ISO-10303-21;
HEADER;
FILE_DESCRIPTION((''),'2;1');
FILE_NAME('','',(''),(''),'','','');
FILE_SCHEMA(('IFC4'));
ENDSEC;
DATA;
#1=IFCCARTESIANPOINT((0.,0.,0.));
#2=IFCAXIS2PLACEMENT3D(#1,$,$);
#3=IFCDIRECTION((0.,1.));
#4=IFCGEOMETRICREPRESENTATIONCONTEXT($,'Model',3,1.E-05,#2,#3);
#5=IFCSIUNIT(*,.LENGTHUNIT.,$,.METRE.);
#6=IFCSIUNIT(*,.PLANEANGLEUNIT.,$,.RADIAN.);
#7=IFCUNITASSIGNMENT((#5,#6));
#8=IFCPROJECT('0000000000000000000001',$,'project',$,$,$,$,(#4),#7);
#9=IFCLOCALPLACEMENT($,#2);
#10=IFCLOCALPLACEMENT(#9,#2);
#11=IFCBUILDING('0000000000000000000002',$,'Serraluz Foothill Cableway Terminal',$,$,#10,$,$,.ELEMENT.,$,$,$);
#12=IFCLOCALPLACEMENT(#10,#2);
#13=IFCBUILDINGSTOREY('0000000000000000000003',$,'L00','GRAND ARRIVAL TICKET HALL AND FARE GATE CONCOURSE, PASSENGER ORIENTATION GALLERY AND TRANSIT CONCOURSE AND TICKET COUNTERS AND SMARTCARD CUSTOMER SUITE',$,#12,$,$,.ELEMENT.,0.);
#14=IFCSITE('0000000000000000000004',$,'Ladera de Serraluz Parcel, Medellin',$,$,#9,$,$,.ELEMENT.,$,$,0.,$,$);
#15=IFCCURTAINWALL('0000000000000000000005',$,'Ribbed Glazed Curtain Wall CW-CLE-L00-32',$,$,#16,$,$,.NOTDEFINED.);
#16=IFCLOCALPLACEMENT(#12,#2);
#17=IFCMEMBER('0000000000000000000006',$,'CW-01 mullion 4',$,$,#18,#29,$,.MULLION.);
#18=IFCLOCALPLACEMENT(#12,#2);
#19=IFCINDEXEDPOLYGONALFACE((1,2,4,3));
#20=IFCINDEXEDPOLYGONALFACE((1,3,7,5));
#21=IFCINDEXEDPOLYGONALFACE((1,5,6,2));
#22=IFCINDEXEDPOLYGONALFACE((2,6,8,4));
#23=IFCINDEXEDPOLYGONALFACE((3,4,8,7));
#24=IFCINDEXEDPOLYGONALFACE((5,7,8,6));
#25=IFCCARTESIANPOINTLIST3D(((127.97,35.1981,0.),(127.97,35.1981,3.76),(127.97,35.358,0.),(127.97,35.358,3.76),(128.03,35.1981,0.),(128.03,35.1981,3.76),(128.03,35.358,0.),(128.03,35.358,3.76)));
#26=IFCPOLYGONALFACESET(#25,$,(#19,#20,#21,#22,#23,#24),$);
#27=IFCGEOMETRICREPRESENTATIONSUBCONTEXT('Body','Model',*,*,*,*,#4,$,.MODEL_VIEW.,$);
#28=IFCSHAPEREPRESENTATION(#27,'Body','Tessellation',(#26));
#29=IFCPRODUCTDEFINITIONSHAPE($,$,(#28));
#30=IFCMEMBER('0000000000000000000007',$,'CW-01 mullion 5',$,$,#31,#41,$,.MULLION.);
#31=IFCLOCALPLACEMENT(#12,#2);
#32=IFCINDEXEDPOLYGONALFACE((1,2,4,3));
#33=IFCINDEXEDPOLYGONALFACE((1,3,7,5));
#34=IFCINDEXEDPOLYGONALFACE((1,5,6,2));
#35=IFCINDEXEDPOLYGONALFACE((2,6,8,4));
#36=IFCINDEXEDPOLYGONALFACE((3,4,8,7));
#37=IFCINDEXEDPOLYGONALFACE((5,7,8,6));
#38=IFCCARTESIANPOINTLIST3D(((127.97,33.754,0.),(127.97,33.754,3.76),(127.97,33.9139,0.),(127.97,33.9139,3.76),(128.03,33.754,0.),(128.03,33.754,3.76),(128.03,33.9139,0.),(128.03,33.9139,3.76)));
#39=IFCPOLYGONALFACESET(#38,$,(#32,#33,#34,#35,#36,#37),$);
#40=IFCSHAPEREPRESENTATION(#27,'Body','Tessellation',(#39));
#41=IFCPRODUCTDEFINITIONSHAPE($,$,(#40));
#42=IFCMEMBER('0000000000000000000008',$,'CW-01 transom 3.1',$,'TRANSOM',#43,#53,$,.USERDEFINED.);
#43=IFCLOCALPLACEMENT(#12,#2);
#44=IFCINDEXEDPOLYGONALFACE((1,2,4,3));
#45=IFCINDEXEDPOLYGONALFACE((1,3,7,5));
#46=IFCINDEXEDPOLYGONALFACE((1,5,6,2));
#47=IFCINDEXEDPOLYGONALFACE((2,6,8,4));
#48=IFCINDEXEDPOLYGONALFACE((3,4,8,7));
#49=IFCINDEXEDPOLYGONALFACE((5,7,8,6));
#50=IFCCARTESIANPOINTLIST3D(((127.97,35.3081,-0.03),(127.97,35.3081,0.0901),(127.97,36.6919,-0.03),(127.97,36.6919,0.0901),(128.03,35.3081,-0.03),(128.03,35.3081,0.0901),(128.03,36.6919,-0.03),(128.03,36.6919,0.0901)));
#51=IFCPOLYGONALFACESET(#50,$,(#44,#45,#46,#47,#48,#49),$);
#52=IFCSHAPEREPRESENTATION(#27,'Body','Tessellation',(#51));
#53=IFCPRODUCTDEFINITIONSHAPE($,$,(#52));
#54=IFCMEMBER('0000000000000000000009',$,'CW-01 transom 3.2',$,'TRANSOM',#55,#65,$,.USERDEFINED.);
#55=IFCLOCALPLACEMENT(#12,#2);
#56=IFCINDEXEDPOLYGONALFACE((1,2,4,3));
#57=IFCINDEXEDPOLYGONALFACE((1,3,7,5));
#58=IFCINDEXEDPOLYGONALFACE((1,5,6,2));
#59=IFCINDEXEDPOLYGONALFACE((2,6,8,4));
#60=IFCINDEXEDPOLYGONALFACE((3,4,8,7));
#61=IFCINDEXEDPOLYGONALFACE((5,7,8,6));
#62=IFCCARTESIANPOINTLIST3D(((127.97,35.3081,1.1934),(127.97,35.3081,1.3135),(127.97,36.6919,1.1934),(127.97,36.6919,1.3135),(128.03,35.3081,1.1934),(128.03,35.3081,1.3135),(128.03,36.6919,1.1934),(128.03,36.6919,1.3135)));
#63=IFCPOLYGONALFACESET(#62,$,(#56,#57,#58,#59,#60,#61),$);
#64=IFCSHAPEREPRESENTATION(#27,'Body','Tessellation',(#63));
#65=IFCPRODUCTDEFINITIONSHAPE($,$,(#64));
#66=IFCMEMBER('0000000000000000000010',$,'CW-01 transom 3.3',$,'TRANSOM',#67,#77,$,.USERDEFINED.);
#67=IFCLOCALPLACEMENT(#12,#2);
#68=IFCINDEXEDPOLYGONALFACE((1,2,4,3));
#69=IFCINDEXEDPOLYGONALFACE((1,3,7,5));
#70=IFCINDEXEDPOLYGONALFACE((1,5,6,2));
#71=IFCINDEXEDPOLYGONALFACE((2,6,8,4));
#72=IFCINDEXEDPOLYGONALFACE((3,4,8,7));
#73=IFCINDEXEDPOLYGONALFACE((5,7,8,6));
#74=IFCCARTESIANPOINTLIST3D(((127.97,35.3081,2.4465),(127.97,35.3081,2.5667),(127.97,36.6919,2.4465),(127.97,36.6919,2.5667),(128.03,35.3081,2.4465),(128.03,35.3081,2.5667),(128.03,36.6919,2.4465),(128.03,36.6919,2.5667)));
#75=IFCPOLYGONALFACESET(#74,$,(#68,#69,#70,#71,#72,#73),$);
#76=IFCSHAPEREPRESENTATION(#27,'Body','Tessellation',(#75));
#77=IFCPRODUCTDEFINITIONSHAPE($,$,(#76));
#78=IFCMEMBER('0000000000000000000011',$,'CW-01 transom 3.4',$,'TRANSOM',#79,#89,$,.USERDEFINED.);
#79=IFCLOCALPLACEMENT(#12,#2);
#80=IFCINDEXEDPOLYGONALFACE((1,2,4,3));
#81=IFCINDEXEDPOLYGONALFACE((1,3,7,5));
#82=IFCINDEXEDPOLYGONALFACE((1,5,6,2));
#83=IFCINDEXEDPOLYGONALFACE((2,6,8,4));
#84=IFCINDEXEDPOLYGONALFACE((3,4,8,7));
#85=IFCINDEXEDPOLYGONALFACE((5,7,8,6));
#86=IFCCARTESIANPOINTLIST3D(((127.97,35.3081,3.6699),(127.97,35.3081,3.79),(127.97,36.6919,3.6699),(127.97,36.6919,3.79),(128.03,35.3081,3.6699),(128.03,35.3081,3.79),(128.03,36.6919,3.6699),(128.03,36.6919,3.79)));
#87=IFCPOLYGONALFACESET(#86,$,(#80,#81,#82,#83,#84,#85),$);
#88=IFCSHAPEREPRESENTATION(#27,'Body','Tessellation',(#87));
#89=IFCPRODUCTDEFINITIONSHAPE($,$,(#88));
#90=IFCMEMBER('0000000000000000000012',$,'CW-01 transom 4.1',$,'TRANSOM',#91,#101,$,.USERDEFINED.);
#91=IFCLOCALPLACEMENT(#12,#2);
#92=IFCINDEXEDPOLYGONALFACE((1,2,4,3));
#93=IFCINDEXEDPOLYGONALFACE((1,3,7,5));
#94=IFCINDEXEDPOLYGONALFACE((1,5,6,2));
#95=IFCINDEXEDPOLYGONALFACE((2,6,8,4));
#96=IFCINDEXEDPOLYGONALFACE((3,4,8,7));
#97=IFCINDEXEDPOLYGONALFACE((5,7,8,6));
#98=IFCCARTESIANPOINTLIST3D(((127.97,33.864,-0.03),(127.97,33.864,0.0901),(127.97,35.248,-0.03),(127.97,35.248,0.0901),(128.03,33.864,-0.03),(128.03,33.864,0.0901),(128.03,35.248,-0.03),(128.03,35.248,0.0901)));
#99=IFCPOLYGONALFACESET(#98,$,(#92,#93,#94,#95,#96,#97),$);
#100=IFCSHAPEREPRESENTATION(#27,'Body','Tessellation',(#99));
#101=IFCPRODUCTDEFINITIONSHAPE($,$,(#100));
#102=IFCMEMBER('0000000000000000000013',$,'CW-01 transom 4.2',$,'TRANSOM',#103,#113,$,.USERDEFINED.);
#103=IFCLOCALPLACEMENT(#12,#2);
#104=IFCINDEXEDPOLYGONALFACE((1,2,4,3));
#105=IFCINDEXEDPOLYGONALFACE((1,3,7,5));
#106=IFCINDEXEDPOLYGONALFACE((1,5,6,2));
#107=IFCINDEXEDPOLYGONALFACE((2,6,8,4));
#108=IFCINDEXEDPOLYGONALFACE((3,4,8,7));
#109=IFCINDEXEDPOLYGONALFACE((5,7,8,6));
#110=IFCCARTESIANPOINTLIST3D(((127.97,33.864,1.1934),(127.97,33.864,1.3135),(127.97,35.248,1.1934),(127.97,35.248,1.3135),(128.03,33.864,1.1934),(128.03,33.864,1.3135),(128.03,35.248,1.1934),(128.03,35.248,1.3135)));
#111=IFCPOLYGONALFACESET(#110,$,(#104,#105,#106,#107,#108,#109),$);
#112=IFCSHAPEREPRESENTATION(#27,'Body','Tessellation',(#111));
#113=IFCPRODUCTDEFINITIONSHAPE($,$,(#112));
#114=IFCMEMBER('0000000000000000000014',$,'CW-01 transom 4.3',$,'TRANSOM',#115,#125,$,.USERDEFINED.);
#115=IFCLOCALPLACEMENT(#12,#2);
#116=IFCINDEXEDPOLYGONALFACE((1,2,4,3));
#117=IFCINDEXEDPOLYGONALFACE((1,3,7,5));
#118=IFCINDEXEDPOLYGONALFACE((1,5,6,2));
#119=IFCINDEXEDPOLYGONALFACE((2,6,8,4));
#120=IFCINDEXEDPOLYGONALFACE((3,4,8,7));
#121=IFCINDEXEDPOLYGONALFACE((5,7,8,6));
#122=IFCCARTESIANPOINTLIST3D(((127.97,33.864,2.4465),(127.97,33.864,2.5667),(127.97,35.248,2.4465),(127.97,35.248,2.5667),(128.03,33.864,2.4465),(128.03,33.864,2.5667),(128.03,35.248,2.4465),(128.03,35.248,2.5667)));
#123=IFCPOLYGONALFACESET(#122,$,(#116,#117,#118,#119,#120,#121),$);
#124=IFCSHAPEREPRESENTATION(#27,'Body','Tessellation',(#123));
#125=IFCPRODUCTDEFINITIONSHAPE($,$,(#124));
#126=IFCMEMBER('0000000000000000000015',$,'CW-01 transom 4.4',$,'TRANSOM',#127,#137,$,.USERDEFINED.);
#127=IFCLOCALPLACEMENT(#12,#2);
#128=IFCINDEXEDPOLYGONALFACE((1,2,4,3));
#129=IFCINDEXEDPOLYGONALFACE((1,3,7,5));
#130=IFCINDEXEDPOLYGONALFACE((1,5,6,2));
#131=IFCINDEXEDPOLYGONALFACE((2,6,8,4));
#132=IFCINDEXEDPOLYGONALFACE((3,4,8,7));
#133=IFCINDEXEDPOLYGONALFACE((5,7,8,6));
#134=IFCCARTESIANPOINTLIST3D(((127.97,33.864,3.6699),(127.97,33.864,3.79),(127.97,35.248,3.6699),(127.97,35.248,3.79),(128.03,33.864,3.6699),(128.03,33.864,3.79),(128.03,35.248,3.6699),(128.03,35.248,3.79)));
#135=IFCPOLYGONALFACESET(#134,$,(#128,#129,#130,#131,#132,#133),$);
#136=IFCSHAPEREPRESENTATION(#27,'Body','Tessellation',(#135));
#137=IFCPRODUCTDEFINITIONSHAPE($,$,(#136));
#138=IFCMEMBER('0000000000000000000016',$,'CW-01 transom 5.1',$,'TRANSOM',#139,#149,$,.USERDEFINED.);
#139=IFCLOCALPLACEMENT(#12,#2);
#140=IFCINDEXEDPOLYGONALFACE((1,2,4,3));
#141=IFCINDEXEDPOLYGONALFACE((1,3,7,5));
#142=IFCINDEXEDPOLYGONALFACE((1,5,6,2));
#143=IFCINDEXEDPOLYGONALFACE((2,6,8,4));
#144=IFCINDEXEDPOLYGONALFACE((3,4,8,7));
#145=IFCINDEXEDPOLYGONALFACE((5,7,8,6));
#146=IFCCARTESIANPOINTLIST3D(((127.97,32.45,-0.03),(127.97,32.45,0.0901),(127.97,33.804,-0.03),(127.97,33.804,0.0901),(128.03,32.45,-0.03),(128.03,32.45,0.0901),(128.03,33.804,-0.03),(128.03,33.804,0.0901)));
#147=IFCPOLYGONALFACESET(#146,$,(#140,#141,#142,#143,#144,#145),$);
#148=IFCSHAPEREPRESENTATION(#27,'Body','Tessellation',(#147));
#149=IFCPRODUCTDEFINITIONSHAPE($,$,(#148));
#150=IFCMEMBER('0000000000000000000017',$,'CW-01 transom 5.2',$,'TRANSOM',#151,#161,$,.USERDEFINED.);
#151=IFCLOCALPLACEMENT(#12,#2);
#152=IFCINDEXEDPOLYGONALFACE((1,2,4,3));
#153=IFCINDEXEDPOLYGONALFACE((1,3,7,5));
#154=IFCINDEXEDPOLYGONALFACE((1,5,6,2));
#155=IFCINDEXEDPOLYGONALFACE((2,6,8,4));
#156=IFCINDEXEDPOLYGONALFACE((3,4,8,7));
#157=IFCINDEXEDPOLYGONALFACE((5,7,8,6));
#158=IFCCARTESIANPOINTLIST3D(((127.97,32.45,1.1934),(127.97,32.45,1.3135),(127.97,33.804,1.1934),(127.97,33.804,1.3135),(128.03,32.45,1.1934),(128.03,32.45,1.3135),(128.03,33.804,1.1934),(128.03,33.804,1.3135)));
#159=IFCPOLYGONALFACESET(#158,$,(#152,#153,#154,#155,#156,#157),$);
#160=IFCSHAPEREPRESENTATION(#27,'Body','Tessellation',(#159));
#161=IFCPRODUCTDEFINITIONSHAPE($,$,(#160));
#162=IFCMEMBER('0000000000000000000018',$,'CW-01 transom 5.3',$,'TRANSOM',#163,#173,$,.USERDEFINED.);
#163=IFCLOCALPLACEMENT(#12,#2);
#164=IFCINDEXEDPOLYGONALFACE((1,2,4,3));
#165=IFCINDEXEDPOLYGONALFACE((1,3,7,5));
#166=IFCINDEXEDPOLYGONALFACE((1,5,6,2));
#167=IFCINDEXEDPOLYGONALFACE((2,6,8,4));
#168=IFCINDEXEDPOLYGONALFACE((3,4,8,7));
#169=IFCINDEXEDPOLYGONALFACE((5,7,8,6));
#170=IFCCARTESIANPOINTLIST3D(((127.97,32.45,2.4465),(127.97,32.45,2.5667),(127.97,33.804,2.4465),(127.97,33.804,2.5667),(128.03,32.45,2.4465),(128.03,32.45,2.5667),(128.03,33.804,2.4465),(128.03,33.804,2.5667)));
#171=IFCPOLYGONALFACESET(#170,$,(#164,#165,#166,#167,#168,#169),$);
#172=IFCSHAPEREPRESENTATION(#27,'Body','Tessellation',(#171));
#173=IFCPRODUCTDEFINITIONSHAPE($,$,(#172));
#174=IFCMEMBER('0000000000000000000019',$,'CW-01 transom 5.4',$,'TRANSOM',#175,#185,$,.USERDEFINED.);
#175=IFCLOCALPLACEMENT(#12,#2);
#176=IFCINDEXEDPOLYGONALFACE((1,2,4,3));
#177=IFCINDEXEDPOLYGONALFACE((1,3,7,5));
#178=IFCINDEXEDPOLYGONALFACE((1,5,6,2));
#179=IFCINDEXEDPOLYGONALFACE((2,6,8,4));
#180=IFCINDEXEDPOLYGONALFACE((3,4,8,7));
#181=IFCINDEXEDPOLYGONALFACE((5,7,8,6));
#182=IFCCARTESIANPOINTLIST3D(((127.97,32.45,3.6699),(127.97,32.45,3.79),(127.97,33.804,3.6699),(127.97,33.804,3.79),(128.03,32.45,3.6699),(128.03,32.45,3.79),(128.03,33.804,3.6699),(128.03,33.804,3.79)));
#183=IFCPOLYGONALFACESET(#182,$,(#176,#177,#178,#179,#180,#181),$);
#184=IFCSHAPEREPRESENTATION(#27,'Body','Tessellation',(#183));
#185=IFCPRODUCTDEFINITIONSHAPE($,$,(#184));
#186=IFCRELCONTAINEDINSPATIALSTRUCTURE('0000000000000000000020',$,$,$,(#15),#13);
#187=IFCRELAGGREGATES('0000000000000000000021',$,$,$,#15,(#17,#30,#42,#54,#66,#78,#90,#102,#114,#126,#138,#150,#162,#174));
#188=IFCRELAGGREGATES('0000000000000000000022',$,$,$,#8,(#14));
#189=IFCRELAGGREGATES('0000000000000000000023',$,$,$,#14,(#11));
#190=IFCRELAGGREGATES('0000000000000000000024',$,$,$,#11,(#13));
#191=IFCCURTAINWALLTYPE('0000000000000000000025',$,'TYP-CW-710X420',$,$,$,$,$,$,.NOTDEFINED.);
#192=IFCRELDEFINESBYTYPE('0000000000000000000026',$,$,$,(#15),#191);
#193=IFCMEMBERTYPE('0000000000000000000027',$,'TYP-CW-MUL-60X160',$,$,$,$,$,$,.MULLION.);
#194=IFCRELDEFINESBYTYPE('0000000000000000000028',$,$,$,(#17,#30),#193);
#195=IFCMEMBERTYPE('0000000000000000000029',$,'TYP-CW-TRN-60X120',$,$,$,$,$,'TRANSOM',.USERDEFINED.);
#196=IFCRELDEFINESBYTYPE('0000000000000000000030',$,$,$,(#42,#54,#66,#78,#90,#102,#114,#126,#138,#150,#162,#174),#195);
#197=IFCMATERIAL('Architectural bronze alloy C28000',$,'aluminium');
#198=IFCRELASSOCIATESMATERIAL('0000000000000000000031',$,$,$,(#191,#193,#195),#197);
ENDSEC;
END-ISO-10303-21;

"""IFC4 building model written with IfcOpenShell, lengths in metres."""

from ifc_helpers import new_model, si_unit, direction, frame, origin, origin_2d, place, context, subcontext, project, spatial, rectangle, extrude, material, material_profile, profile_set, type_object, element, aggregate, save


model = new_model("IFC4")

# Units and contexts
model_context = context("Model", 3, precision=1e-05, world=origin(), true_north=direction((0.0, 1.0)))
body_context = subcontext(model_context, "Body", "Model", "MODEL_VIEW")
ifc_project = project(units=[si_unit("LENGTHUNIT", "METRE"), si_unit("PLANEANGLEUNIT", "RADIAN")], contexts=[model_context])

# Site, building, storey
site_placement = place(None, origin())
site = spatial("IfcSite", under=ifc_project, at=site_placement, Name="Ladera de Serraluz Parcel, Medellin", CompositionType="ELEMENT", RefElevation=0.0)
building_placement = place(site_placement, origin())
building = spatial("IfcBuilding", under=site, at=building_placement, Name="Serraluz Foothill Cableway Terminal", CompositionType="ELEMENT")
storey_placement = place(building_placement, origin())
storey = spatial("IfcBuildingStorey", under=building, at=storey_placement, Name="L00", Description="GRAND ARRIVAL TICKET HALL AND FARE GATE CONCOURSE, PASSENGER ORIENTATION GALLERY AND TRANSIT CONCOURSE AND TICKET COUNTERS AND SMARTCARD CUSTOMER SUITE", CompositionType="ELEMENT", Elevation=0.0)

# Curtain wall, members
ifc_material_1 = material(Name="Architectural bronze alloy C28000", Category="aluminium")
curtain_wall_type = type_object("IfcCurtainWallType", Name="TYP-CW-710X420", PredefinedType="NOTDEFINED", material=ifc_material_1)
curtain_wall_placement = place(storey_placement, origin())
curtain_wall = element("IfcCurtainWall", 1, at=curtain_wall_placement, inside=storey, type_object=curtain_wall_type, Name="Ribbed Glazed Curtain Wall CW-CLE-L00-32", PredefinedType="NOTDEFINED")
ifc_material_profile_1 = material_profile(ifc_material_1, rectangle(XDim=0.0601, YDim=0.1599, at=origin_2d()), Name="ALU MULLION 60x160")
ifc_profile_set_1 = profile_set([ifc_material_profile_1], Name="Architectural bronze alloy C28000")
member_type_1 = type_object("IfcMemberType", Name="TYP-CW-MUL-60X160", PredefinedType="MULLION", material=ifc_profile_set_1)
member_1_placement = place(storey_placement, frame((128.0, 35.2781, 0.0), z_axis=(0.0, 0.0, 1.0), x_axis=(1.0, 0.0, 0.0)))
member_1 = element("IfcMember", 2, at=member_1_placement, type_object=member_type_1, Name="CW-01 mullion 4", PredefinedType="MULLION", context=body_context, shape_type="SweptSolid", body=[
    extrude(rectangle(XDim=0.0601, YDim=0.1599, at=origin_2d()), origin(), (0.0, 0.0, 1.0), 3.76),
])
member_2_placement = place(storey_placement, frame((128.0, 33.834, 0.0), z_axis=(0.0, 0.0, 1.0), x_axis=(1.0, 0.0, 0.0)))
member_2 = element("IfcMember", 3, at=member_2_placement, type_object=member_type_1, Name="CW-01 mullion 5", PredefinedType="MULLION", context=body_context, shape_type="SweptSolid", body=[
    extrude(rectangle(XDim=0.0601, YDim=0.1599, at=origin_2d()), origin(), (0.0, 0.0, 1.0), 3.76),
])
ifc_material_profile_2 = material_profile(ifc_material_1, rectangle(XDim=0.0601, YDim=0.1201, at=origin_2d()), Name="ALU TRANSOM 60x120")
ifc_profile_set_2 = profile_set([ifc_material_profile_2], Name="Architectural bronze alloy C28000")
member_type_2 = type_object("IfcMemberType", Name="TYP-CW-TRN-60X120", ElementType="TRANSOM", PredefinedType="USERDEFINED", material=ifc_profile_set_2)
member_3_placement = place(storey_placement, frame((128.0, 36.6919, 0.03), z_axis=(0.0, -1.0, 0.0), x_axis=(1.0, 0.0, 0.0)))
member_3 = element("IfcMember", 4, at=member_3_placement, type_object=member_type_2, Name="CW-01 transom 3.1", ObjectType="TRANSOM", PredefinedType="USERDEFINED", context=body_context, shape_type="SweptSolid", body=[
    extrude(rectangle(XDim=0.0601, YDim=0.1201, at=origin_2d()), origin(), (0.0, 0.0, 1.0), 1.3838),
])
member_4_placement = place(storey_placement, frame((128.0, 36.6919, 1.2534), z_axis=(0.0, -1.0, 0.0), x_axis=(1.0, 0.0, 0.0)))
member_4 = element("IfcMember", 5, at=member_4_placement, type_object=member_type_2, Name="CW-01 transom 3.2", ObjectType="TRANSOM", PredefinedType="USERDEFINED", context=body_context, shape_type="SweptSolid", body=[
    extrude(rectangle(XDim=0.0601, YDim=0.1201, at=origin_2d()), origin(), (0.0, 0.0, 1.0), 1.3838),
])
member_5_placement = place(storey_placement, frame((128.0, 36.6919, 2.5066), z_axis=(0.0, -1.0, 0.0), x_axis=(1.0, 0.0, 0.0)))
member_5 = element("IfcMember", 6, at=member_5_placement, type_object=member_type_2, Name="CW-01 transom 3.3", ObjectType="TRANSOM", PredefinedType="USERDEFINED", context=body_context, shape_type="SweptSolid", body=[
    extrude(rectangle(XDim=0.0601, YDim=0.1201, at=origin_2d()), origin(), (0.0, 0.0, 1.0), 1.3838),
])
member_6_placement = place(storey_placement, frame((128.0, 36.6919, 3.73), z_axis=(0.0, -1.0, 0.0), x_axis=(1.0, 0.0, 0.0)))
member_6 = element("IfcMember", 7, at=member_6_placement, type_object=member_type_2, Name="CW-01 transom 3.4", ObjectType="TRANSOM", PredefinedType="USERDEFINED", context=body_context, shape_type="SweptSolid", body=[
    extrude(rectangle(XDim=0.0601, YDim=0.1201, at=origin_2d()), origin(), (0.0, 0.0, 1.0), 1.3838),
])
member_7_placement = place(storey_placement, frame((128.0, 35.248, 0.03), z_axis=(0.0, -1.0, 0.0), x_axis=(1.0, 0.0, 0.0)))
member_7 = element("IfcMember", 8, at=member_7_placement, type_object=member_type_2, Name="CW-01 transom 4.1", ObjectType="TRANSOM", PredefinedType="USERDEFINED", context=body_context, shape_type="SweptSolid", body=[
    extrude(rectangle(XDim=0.0601, YDim=0.1201, at=origin_2d()), origin(), (0.0, 0.0, 1.0), 1.384),
])
member_8_placement = place(storey_placement, frame((128.0, 35.248, 1.2534), z_axis=(0.0, -1.0, 0.0), x_axis=(1.0, 0.0, 0.0)))
member_8 = element("IfcMember", 9, at=member_8_placement, type_object=member_type_2, Name="CW-01 transom 4.2", ObjectType="TRANSOM", PredefinedType="USERDEFINED", context=body_context, shape_type="SweptSolid", body=[
    extrude(rectangle(XDim=0.0601, YDim=0.1201, at=origin_2d()), origin(), (0.0, 0.0, 1.0), 1.384),
])
member_9_placement = place(storey_placement, frame((128.0, 35.248, 2.5066), z_axis=(0.0, -1.0, 0.0), x_axis=(1.0, 0.0, 0.0)))
member_9 = element("IfcMember", 10, at=member_9_placement, type_object=member_type_2, Name="CW-01 transom 4.3", ObjectType="TRANSOM", PredefinedType="USERDEFINED", context=body_context, shape_type="SweptSolid", body=[
    extrude(rectangle(XDim=0.0601, YDim=0.1201, at=origin_2d()), origin(), (0.0, 0.0, 1.0), 1.384),
])
member_10_placement = place(storey_placement, frame((128.0, 35.248, 3.73), z_axis=(0.0, -1.0, 0.0), x_axis=(1.0, 0.0, 0.0)))
member_10 = element("IfcMember", 11, at=member_10_placement, type_object=member_type_2, Name="CW-01 transom 4.4", ObjectType="TRANSOM", PredefinedType="USERDEFINED", context=body_context, shape_type="SweptSolid", body=[
    extrude(rectangle(XDim=0.0601, YDim=0.1201, at=origin_2d()), origin(), (0.0, 0.0, 1.0), 1.384),
])
member_11_placement = place(storey_placement, frame((128.0, 33.804, 0.03), z_axis=(0.0, -1.0, 0.0), x_axis=(1.0, 0.0, 0.0)))
member_11 = element("IfcMember", 12, at=member_11_placement, type_object=member_type_2, Name="CW-01 transom 5.1", ObjectType="TRANSOM", PredefinedType="USERDEFINED", context=body_context, shape_type="SweptSolid", body=[
    extrude(rectangle(XDim=0.0601, YDim=0.1201, at=origin_2d()), origin(), (0.0, 0.0, 1.0), 1.354),
])
member_12_placement = place(storey_placement, frame((128.0, 33.804, 1.2534), z_axis=(0.0, -1.0, 0.0), x_axis=(1.0, 0.0, 0.0)))
member_12 = element("IfcMember", 13, at=member_12_placement, type_object=member_type_2, Name="CW-01 transom 5.2", ObjectType="TRANSOM", PredefinedType="USERDEFINED", context=body_context, shape_type="SweptSolid", body=[
    extrude(rectangle(XDim=0.0601, YDim=0.1201, at=origin_2d()), origin(), (0.0, 0.0, 1.0), 1.354),
])
member_13_placement = place(storey_placement, frame((128.0, 33.804, 2.5066), z_axis=(0.0, -1.0, 0.0), x_axis=(1.0, 0.0, 0.0)))
member_13 = element("IfcMember", 14, at=member_13_placement, type_object=member_type_2, Name="CW-01 transom 5.3", ObjectType="TRANSOM", PredefinedType="USERDEFINED", context=body_context, shape_type="SweptSolid", body=[
    extrude(rectangle(XDim=0.0601, YDim=0.1201, at=origin_2d()), origin(), (0.0, 0.0, 1.0), 1.354),
])
member_14_placement = place(storey_placement, frame((128.0, 33.804, 3.73), z_axis=(0.0, -1.0, 0.0), x_axis=(1.0, 0.0, 0.0)))
member_14 = element("IfcMember", 15, at=member_14_placement, type_object=member_type_2, Name="CW-01 transom 5.4", ObjectType="TRANSOM", PredefinedType="USERDEFINED", context=body_context, shape_type="SweptSolid", body=[
    extrude(rectangle(XDim=0.0601, YDim=0.1201, at=origin_2d()), origin(), (0.0, 0.0, 1.0), 1.354),
])
aggregate(curtain_wall, [member_1, member_2, member_3, member_4, member_5, member_6, member_7, member_8, member_9, member_10, member_11, member_12, member_13, member_14])

save(model, "model.ifc")
